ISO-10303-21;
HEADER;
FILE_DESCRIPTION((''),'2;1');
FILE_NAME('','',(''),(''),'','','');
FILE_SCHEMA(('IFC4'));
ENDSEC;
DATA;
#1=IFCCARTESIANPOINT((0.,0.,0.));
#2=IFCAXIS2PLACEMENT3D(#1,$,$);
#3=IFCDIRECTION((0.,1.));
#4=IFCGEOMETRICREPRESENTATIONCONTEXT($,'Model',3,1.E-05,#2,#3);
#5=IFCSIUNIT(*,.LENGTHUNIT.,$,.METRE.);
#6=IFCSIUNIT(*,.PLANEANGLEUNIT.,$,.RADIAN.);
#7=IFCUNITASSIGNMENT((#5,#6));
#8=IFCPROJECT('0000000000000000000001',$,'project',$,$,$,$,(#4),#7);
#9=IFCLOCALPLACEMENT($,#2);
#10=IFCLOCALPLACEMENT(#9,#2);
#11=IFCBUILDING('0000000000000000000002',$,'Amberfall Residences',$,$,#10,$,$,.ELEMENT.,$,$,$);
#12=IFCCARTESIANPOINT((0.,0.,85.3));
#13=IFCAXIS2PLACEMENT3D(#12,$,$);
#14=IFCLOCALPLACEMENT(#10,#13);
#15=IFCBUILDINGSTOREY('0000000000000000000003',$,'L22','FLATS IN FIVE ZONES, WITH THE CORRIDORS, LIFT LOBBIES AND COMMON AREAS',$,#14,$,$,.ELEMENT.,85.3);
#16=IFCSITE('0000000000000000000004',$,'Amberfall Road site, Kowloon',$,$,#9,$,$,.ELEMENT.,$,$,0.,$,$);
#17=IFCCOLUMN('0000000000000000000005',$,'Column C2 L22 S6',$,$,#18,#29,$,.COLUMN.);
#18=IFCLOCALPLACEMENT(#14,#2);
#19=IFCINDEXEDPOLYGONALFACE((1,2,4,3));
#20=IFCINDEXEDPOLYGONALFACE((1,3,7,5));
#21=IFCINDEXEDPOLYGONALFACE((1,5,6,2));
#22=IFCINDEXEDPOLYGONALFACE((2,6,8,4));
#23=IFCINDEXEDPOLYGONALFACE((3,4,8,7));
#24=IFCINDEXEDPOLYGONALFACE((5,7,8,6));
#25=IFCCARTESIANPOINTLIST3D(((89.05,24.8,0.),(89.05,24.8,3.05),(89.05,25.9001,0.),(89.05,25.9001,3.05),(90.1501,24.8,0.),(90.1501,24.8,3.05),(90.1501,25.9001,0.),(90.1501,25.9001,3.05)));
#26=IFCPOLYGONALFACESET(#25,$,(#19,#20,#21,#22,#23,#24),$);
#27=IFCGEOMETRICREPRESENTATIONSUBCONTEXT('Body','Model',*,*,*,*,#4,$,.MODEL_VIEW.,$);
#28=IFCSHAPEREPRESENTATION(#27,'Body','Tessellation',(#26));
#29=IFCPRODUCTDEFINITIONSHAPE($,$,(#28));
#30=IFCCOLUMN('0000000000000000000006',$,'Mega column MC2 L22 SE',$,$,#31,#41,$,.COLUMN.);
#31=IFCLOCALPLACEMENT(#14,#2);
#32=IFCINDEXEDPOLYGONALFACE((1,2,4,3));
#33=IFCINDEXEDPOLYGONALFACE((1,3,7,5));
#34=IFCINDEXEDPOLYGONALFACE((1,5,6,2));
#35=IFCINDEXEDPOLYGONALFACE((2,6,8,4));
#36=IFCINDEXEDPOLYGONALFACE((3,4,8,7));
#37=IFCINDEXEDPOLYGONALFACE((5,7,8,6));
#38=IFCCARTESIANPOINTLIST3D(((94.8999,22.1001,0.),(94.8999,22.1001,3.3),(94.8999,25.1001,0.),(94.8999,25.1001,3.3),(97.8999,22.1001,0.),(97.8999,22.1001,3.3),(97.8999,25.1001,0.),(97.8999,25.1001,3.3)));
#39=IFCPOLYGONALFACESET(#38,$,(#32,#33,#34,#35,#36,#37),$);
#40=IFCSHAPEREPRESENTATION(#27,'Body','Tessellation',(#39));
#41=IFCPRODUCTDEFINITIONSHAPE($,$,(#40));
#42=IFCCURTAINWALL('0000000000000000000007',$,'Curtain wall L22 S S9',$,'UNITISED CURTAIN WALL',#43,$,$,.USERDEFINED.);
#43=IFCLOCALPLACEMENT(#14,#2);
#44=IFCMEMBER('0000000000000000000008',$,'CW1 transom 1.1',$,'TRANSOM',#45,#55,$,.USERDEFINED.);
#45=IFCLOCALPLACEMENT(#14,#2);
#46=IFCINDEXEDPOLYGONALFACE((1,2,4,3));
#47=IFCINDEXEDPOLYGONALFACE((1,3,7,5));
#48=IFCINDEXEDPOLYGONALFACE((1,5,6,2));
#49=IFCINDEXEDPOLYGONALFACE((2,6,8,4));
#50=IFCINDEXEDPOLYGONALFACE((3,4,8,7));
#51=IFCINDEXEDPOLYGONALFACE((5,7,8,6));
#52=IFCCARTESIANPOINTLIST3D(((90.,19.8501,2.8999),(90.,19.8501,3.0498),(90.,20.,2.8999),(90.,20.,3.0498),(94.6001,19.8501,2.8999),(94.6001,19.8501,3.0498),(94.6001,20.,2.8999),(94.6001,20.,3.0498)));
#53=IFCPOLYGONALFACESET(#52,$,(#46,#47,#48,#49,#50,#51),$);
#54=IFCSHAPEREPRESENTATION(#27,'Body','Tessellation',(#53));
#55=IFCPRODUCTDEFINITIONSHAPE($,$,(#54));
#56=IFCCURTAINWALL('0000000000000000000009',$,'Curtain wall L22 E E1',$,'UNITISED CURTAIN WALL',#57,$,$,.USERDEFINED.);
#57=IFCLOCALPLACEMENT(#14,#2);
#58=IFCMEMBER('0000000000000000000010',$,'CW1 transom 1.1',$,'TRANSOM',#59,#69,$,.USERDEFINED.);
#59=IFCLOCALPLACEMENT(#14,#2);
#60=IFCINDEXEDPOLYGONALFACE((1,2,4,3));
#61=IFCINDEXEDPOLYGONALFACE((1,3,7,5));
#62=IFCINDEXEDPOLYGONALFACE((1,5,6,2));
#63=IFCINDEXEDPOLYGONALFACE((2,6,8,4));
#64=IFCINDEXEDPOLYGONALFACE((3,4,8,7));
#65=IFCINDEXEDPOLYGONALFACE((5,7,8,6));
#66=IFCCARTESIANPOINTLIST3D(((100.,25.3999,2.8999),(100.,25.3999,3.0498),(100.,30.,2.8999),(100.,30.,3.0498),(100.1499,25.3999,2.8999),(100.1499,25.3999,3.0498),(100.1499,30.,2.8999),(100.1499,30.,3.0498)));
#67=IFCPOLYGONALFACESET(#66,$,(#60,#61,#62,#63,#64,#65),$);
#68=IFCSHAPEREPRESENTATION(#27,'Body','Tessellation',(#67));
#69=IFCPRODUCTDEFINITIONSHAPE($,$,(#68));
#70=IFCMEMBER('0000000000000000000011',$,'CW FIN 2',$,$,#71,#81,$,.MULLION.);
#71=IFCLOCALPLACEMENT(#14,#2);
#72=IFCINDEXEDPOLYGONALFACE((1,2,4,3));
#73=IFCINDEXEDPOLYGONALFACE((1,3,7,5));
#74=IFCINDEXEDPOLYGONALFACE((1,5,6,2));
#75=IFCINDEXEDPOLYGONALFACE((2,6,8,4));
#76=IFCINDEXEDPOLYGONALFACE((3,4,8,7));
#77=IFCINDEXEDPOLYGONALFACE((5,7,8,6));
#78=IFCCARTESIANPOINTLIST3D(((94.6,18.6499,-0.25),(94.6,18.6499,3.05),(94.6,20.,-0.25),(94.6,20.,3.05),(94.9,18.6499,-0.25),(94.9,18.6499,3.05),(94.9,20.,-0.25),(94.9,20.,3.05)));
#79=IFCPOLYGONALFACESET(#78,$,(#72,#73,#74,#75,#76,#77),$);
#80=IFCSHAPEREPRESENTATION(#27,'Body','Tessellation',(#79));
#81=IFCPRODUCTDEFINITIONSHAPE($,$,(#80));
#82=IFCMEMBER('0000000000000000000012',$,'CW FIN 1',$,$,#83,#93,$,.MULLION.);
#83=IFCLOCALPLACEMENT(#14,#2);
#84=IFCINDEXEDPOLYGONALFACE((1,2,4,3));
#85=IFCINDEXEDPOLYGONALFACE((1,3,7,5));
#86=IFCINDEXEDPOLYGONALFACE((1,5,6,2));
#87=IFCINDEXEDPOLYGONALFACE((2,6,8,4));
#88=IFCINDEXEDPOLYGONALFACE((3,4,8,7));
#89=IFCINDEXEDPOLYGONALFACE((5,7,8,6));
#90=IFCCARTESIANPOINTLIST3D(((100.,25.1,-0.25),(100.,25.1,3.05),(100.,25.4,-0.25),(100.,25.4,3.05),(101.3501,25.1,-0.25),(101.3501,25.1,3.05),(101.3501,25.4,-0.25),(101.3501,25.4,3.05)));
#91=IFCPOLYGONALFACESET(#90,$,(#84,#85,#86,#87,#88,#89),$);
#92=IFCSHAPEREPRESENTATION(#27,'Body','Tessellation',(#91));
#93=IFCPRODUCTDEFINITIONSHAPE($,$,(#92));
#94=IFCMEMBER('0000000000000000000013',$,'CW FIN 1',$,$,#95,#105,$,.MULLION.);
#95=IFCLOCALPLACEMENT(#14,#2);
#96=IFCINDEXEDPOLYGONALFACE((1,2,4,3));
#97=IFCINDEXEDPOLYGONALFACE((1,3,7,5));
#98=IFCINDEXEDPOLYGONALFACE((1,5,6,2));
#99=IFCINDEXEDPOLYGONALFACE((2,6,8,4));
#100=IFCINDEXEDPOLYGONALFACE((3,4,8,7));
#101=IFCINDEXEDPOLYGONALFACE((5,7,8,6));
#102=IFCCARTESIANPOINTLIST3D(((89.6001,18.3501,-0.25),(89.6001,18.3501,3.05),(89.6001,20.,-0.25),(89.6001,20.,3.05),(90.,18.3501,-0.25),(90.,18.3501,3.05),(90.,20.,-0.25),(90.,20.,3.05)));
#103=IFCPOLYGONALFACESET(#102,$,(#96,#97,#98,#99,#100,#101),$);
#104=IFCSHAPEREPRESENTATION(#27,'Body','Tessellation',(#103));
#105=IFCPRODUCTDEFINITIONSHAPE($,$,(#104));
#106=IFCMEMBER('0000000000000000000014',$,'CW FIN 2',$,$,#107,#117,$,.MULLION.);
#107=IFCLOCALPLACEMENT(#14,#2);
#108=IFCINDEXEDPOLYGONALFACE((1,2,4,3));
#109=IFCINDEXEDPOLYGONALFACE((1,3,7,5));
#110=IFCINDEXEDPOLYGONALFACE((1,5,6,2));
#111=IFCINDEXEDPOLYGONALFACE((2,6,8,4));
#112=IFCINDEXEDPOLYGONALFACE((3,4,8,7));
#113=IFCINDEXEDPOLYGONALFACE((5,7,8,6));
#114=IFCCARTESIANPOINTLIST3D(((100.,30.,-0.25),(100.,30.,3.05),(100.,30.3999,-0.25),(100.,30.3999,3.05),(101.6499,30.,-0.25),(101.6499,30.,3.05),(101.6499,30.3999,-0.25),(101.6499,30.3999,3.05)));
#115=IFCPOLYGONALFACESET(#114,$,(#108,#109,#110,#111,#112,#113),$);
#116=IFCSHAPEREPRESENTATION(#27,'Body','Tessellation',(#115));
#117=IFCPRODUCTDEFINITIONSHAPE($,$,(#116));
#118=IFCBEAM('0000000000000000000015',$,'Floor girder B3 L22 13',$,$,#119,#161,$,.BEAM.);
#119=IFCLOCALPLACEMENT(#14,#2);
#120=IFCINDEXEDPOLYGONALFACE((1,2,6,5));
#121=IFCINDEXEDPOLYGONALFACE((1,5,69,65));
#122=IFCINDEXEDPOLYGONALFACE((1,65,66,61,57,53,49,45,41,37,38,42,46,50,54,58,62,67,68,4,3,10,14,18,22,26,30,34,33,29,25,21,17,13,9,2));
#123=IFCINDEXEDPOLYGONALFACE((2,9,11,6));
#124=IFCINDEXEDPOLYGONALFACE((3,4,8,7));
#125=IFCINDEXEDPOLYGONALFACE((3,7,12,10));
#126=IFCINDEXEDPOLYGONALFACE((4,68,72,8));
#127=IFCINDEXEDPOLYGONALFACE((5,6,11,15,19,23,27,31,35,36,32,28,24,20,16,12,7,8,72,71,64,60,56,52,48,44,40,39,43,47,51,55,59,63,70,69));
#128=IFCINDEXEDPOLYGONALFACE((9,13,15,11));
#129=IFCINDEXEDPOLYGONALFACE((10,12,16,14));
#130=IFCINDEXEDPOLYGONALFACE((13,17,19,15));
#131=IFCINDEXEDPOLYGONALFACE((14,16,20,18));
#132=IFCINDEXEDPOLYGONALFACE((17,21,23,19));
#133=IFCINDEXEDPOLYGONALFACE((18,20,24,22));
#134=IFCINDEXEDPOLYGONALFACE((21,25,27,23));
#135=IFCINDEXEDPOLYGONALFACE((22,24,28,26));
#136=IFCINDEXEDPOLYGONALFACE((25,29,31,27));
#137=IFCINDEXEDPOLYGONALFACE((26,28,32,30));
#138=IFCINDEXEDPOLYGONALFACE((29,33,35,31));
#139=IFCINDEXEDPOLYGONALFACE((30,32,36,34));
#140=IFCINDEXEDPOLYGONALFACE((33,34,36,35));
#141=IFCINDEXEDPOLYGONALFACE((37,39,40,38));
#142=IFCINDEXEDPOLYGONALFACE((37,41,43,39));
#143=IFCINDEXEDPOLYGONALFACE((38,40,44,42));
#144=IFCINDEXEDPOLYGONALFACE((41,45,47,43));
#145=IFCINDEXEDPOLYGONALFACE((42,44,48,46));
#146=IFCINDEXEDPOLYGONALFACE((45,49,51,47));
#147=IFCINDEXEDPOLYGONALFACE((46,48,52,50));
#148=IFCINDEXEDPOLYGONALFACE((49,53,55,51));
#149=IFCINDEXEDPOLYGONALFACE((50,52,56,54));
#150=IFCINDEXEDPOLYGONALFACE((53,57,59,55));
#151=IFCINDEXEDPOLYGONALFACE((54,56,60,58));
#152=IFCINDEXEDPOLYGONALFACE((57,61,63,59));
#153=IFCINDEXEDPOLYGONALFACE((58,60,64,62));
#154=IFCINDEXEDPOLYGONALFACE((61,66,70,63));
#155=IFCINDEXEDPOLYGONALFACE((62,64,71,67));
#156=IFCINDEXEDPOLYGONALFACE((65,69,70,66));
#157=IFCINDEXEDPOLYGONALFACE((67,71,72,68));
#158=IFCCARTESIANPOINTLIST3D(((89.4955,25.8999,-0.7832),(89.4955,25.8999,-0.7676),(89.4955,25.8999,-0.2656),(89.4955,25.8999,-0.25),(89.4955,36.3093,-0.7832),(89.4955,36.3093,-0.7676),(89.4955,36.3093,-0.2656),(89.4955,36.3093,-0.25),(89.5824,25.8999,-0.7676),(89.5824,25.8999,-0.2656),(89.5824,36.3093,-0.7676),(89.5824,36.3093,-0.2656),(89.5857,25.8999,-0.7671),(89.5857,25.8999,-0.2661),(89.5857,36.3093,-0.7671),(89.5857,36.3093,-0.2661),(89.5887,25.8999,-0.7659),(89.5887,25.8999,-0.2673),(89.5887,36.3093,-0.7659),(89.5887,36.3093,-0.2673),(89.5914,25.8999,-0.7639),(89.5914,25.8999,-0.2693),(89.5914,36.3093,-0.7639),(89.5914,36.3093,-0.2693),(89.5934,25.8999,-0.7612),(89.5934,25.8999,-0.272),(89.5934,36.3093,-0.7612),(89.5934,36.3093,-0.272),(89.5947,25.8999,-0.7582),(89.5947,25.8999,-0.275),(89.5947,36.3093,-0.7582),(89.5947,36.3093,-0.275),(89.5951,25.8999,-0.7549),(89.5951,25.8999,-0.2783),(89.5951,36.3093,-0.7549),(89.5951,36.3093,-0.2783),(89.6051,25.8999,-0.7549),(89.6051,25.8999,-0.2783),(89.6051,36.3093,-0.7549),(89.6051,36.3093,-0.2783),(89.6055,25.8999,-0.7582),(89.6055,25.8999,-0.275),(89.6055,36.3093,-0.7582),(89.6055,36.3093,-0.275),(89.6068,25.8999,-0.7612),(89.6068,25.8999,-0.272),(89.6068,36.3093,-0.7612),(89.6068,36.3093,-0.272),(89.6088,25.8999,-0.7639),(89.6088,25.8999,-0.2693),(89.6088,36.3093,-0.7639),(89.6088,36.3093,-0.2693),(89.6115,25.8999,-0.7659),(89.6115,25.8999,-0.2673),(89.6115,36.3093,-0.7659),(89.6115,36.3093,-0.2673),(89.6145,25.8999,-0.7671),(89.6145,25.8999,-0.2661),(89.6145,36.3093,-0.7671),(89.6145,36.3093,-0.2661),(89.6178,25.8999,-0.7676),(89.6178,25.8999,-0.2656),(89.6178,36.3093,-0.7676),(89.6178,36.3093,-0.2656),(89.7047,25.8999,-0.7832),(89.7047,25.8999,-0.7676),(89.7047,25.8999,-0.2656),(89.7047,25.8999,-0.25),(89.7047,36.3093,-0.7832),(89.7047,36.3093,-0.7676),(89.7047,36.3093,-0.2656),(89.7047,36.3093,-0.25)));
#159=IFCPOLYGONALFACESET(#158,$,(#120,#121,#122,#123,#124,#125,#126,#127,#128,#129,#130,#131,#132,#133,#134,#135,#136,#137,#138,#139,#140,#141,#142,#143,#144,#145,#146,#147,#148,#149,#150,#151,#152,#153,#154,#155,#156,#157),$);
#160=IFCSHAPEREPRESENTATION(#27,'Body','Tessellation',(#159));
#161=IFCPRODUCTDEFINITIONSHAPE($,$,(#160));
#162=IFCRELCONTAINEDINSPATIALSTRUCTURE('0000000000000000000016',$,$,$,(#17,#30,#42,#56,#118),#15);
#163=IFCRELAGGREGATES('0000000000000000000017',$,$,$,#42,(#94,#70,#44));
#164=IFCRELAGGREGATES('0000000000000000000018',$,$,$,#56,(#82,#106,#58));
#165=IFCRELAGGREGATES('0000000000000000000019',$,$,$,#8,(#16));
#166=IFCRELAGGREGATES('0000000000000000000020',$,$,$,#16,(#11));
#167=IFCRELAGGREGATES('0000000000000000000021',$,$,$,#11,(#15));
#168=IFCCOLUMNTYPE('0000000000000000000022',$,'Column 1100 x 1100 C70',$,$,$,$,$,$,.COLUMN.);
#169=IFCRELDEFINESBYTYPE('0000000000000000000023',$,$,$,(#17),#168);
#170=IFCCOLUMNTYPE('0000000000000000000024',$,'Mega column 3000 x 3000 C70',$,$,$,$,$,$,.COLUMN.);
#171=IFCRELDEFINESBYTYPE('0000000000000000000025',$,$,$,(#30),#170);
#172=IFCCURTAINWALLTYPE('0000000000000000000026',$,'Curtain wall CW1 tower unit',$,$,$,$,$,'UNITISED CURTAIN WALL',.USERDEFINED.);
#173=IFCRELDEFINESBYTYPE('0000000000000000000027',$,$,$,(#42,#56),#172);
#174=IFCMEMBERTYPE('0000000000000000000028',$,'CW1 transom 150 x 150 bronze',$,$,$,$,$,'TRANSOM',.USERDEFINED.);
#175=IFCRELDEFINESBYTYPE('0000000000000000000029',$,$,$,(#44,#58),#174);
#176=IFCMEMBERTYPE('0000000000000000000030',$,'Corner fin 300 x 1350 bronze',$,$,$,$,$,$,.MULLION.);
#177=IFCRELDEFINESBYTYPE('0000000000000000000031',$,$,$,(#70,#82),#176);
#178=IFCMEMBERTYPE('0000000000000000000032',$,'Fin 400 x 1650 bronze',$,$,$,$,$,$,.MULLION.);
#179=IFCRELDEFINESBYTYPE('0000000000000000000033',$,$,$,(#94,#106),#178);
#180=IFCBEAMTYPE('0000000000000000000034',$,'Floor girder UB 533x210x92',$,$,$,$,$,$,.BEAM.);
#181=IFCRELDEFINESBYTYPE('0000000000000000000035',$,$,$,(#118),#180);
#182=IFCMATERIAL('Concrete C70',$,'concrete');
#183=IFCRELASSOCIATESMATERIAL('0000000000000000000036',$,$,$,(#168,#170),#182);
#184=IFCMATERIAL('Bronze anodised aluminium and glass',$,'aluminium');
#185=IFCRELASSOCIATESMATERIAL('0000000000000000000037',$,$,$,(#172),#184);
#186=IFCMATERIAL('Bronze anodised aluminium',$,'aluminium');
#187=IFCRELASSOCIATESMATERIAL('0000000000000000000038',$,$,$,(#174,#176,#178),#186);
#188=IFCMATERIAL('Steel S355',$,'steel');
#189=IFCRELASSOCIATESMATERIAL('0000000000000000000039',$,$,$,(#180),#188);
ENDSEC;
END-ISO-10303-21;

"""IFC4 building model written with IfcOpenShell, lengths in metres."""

from ifc_helpers import new_model, si_unit, direction, frame, origin, origin_2d, place, context, subcontext, project, spatial, rectangle, i_section, extrude, material, material_profile, profile_set, type_object, element, aggregate, save


model = new_model("IFC4")

# Units and contexts
model_context = context("Model", 3, precision=1e-05, world=origin(), true_north=direction((0.0, 1.0)))
body_context = subcontext(model_context, "Body", "Model", "MODEL_VIEW")
ifc_project = project(units=[si_unit("LENGTHUNIT", "METRE"), si_unit("PLANEANGLEUNIT", "RADIAN")], contexts=[model_context])

# Site, building, storey
site_placement = place(None, origin())
site = spatial("IfcSite", under=ifc_project, at=site_placement, Name="Amberfall Road site, Kowloon", CompositionType="ELEMENT", RefElevation=0.0)
building_placement = place(site_placement, origin())
building = spatial("IfcBuilding", under=site, at=building_placement, Name="Amberfall Residences", CompositionType="ELEMENT")
storey_placement = place(building_placement, frame((0.0, 0.0, 85.3)))
storey = spatial("IfcBuildingStorey", under=building, at=storey_placement, Name="L22", Description="FLATS IN FIVE ZONES, WITH THE CORRIDORS, LIFT LOBBIES AND COMMON AREAS", CompositionType="ELEMENT", Elevation=85.3)

# Columns
ifc_material_1 = material(Name="Concrete C70", Category="concrete")
ifc_material_profile_1 = material_profile(ifc_material_1, rectangle(XDim=1.1001, YDim=1.1001, at=origin_2d()), Name="Column 1100 x 1100 C70")
ifc_profile_set_1 = profile_set([ifc_material_profile_1], Name="Concrete C70")
column_type_1 = type_object("IfcColumnType", Name="Column 1100 x 1100 C70", PredefinedType="COLUMN", material=ifc_profile_set_1)
column_1_placement = place(storey_placement, frame((89.6001, 25.3501, 0.0), z_axis=(0.0, 0.0, 1.0), x_axis=(1.0, 0.0, 0.0)))
element("IfcColumn", 1, at=column_1_placement, inside=storey, type_object=column_type_1, Name="Column C2 L22 S6", PredefinedType="COLUMN", context=body_context, shape_type="SweptSolid", body=[
    extrude(rectangle(XDim=1.1001, YDim=1.1001, at=origin_2d()), origin(), (0.0, 0.0, 1.0), 3.05),
])
ifc_material_profile_2 = material_profile(ifc_material_1, rectangle(XDim=3.0, YDim=3.0, at=origin_2d()), Name="Mega column 3000 x 3000 C70")
ifc_profile_set_2 = profile_set([ifc_material_profile_2], Name="Concrete C70")
column_type_2 = type_object("IfcColumnType", Name="Mega column 3000 x 3000 C70", PredefinedType="COLUMN", material=ifc_profile_set_2)
column_2_placement = place(storey_placement, frame((96.3999, 23.6001, 0.0), z_axis=(0.0, 0.0, 1.0), x_axis=(1.0, 0.0, 0.0)))
element("IfcColumn", 2, at=column_2_placement, inside=storey, type_object=column_type_2, Name="Mega column MC2 L22 SE", PredefinedType="COLUMN", context=body_context, shape_type="SweptSolid", body=[
    extrude(rectangle(XDim=3.0, YDim=3.0, at=origin_2d()), origin(), (0.0, 0.0, 1.0), 3.3),
])

# Curtain walls, members
ifc_material_2 = material(Name="Bronze anodised aluminium and glass", Category="aluminium")
curtain_wall_type = type_object("IfcCurtainWallType", Name="Curtain wall CW1 tower unit", ElementType="UNITISED CURTAIN WALL", PredefinedType="USERDEFINED", material=ifc_material_2)
curtain_wall_1_placement = place(storey_placement, origin())
curtain_wall_1 = element("IfcCurtainWall", 3, at=curtain_wall_1_placement, inside=storey, type_object=curtain_wall_type, Name="Curtain wall L22 S S9", ObjectType="UNITISED CURTAIN WALL", PredefinedType="USERDEFINED")
ifc_material_3 = material(Name="Bronze anodised aluminium", Category="aluminium")
ifc_material_profile_3 = material_profile(ifc_material_3, rectangle(XDim=0.1499, YDim=0.1499, at=origin_2d()), Name="CW1 transom 150 x 150 bronze")
ifc_profile_set_3 = profile_set([ifc_material_profile_3], Name="Bronze anodised aluminium")
member_type_1 = type_object("IfcMemberType", Name="CW1 transom 150 x 150 bronze", ElementType="TRANSOM", PredefinedType="USERDEFINED", material=ifc_profile_set_3)
member_1_placement = place(storey_placement, frame((90.0, 19.925, 2.9749), z_axis=(1.0, 0.0, 0.0), x_axis=(0.0, 1.0, 0.0)))
member_1 = element("IfcMember", 4, at=member_1_placement, type_object=member_type_1, Name="CW1 transom 1.1", ObjectType="TRANSOM", PredefinedType="USERDEFINED", context=body_context, shape_type="SweptSolid", body=[
    extrude(rectangle(XDim=0.1499, YDim=0.1499, at=origin_2d()), origin(), (0.0, 0.0, 1.0), 4.6001),
])
curtain_wall_2_placement = place(storey_placement, origin())
curtain_wall_2 = element("IfcCurtainWall", 5, at=curtain_wall_2_placement, inside=storey, type_object=curtain_wall_type, Name="Curtain wall L22 E E1", ObjectType="UNITISED CURTAIN WALL", PredefinedType="USERDEFINED")
member_2_placement = place(storey_placement, frame((100.075, 25.3999, 2.9749), z_axis=(0.0, 1.0, 0.0), x_axis=(-1.0, 0.0, 0.0)))
member_2 = element("IfcMember", 6, at=member_2_placement, type_object=member_type_1, Name="CW1 transom 1.1", ObjectType="TRANSOM", PredefinedType="USERDEFINED", context=body_context, shape_type="SweptSolid", body=[
    extrude(rectangle(XDim=0.1499, YDim=0.1499, at=origin_2d()), origin(), (0.0, 0.0, 1.0), 4.6001),
])

# Members
ifc_material_profile_4 = material_profile(ifc_material_3, rectangle(XDim=1.3501, YDim=0.3, at=origin_2d()), Name="Corner fin 300 x 1350 bronze")
ifc_profile_set_4 = profile_set([ifc_material_profile_4], Name="Bronze anodised aluminium")
member_type_2 = type_object("IfcMemberType", Name="Corner fin 300 x 1350 bronze", PredefinedType="MULLION", material=ifc_profile_set_4)
member_3_placement = place(storey_placement, frame((94.75, 19.325, -0.25), z_axis=(0.0, 0.0, 1.0), x_axis=(0.0, 1.0, 0.0)))
member_3 = element("IfcMember", 7, at=member_3_placement, type_object=member_type_2, Name="CW FIN 2", PredefinedType="MULLION", context=body_context, shape_type="SweptSolid", body=[
    extrude(rectangle(XDim=1.3501, YDim=0.3, at=origin_2d()), origin(), (0.0, 0.0, 1.0), 3.3),
])
member_4_placement = place(storey_placement, frame((100.675, 25.25, -0.25), z_axis=(0.0, 0.0, 1.0), x_axis=(-1.0, 0.0, 0.0)))
member_4 = element("IfcMember", 8, at=member_4_placement, type_object=member_type_2, Name="CW FIN 1", PredefinedType="MULLION", context=body_context, shape_type="SweptSolid", body=[
    extrude(rectangle(XDim=1.3501, YDim=0.3, at=origin_2d()), origin(), (0.0, 0.0, 1.0), 3.3),
])
ifc_material_profile_5 = material_profile(ifc_material_3, rectangle(XDim=1.6499, YDim=0.3999, at=origin_2d()), Name="Fin 400 x 1650 bronze")
ifc_profile_set_5 = profile_set([ifc_material_profile_5], Name="Bronze anodised aluminium")
member_type_3 = type_object("IfcMemberType", Name="Fin 400 x 1650 bronze", PredefinedType="MULLION", material=ifc_profile_set_5)
member_5_placement = place(storey_placement, frame((89.8, 19.175, -0.25), z_axis=(0.0, 0.0, 1.0), x_axis=(0.0, 1.0, 0.0)))
member_5 = element("IfcMember", 9, at=member_5_placement, type_object=member_type_3, Name="CW FIN 1", PredefinedType="MULLION", context=body_context, shape_type="SweptSolid", body=[
    extrude(rectangle(XDim=1.6499, YDim=0.3999, at=origin_2d()), origin(), (0.0, 0.0, 1.0), 3.3),
])
member_6_placement = place(storey_placement, frame((100.825, 30.2, -0.25), z_axis=(0.0, 0.0, 1.0), x_axis=(-1.0, 0.0, 0.0)))
member_6 = element("IfcMember", 10, at=member_6_placement, type_object=member_type_3, Name="CW FIN 2", PredefinedType="MULLION", context=body_context, shape_type="SweptSolid", body=[
    extrude(rectangle(XDim=1.6499, YDim=0.3999, at=origin_2d()), origin(), (0.0, 0.0, 1.0), 3.3),
])

# Beam
ifc_material_4 = material(Name="Steel S355", Category="steel")
ifc_material_profile_6 = material_profile(ifc_material_4, i_section(OverallWidth=0.2092, OverallDepth=0.5332, WebThickness=0.01, FlangeThickness=0.0156, FilletRadius=0.0127, at=origin_2d()), Name="UB 533x210x92")
ifc_profile_set_6 = profile_set([ifc_material_profile_6], Name="Steel S355")
beam_type_1 = type_object("IfcBeamType", Name="Floor girder UB 533x210x92", PredefinedType="BEAM", material=ifc_profile_set_6)
beam_1_placement = place(storey_placement, frame((89.6001, 25.8999, -0.5166), z_axis=(0.0, 1.0, 0.0), x_axis=(-1.0, 0.0, 0.0)))
element("IfcBeam", 11, at=beam_1_placement, inside=storey, type_object=beam_type_1, Name="Floor girder B3 L22 13", PredefinedType="BEAM", context=body_context, shape_type="SweptSolid", body=[
    extrude(i_section(OverallWidth=0.2092, OverallDepth=0.5332, WebThickness=0.01, FlangeThickness=0.0156, FilletRadius=0.0127, at=origin_2d()), origin(), (0.0, 0.0, 1.0), 10.4094),
])

aggregate(curtain_wall_1, [member_5, member_3, member_1])
aggregate(curtain_wall_2, [member_4, member_6, member_2])

save(model, "model.ifc")
